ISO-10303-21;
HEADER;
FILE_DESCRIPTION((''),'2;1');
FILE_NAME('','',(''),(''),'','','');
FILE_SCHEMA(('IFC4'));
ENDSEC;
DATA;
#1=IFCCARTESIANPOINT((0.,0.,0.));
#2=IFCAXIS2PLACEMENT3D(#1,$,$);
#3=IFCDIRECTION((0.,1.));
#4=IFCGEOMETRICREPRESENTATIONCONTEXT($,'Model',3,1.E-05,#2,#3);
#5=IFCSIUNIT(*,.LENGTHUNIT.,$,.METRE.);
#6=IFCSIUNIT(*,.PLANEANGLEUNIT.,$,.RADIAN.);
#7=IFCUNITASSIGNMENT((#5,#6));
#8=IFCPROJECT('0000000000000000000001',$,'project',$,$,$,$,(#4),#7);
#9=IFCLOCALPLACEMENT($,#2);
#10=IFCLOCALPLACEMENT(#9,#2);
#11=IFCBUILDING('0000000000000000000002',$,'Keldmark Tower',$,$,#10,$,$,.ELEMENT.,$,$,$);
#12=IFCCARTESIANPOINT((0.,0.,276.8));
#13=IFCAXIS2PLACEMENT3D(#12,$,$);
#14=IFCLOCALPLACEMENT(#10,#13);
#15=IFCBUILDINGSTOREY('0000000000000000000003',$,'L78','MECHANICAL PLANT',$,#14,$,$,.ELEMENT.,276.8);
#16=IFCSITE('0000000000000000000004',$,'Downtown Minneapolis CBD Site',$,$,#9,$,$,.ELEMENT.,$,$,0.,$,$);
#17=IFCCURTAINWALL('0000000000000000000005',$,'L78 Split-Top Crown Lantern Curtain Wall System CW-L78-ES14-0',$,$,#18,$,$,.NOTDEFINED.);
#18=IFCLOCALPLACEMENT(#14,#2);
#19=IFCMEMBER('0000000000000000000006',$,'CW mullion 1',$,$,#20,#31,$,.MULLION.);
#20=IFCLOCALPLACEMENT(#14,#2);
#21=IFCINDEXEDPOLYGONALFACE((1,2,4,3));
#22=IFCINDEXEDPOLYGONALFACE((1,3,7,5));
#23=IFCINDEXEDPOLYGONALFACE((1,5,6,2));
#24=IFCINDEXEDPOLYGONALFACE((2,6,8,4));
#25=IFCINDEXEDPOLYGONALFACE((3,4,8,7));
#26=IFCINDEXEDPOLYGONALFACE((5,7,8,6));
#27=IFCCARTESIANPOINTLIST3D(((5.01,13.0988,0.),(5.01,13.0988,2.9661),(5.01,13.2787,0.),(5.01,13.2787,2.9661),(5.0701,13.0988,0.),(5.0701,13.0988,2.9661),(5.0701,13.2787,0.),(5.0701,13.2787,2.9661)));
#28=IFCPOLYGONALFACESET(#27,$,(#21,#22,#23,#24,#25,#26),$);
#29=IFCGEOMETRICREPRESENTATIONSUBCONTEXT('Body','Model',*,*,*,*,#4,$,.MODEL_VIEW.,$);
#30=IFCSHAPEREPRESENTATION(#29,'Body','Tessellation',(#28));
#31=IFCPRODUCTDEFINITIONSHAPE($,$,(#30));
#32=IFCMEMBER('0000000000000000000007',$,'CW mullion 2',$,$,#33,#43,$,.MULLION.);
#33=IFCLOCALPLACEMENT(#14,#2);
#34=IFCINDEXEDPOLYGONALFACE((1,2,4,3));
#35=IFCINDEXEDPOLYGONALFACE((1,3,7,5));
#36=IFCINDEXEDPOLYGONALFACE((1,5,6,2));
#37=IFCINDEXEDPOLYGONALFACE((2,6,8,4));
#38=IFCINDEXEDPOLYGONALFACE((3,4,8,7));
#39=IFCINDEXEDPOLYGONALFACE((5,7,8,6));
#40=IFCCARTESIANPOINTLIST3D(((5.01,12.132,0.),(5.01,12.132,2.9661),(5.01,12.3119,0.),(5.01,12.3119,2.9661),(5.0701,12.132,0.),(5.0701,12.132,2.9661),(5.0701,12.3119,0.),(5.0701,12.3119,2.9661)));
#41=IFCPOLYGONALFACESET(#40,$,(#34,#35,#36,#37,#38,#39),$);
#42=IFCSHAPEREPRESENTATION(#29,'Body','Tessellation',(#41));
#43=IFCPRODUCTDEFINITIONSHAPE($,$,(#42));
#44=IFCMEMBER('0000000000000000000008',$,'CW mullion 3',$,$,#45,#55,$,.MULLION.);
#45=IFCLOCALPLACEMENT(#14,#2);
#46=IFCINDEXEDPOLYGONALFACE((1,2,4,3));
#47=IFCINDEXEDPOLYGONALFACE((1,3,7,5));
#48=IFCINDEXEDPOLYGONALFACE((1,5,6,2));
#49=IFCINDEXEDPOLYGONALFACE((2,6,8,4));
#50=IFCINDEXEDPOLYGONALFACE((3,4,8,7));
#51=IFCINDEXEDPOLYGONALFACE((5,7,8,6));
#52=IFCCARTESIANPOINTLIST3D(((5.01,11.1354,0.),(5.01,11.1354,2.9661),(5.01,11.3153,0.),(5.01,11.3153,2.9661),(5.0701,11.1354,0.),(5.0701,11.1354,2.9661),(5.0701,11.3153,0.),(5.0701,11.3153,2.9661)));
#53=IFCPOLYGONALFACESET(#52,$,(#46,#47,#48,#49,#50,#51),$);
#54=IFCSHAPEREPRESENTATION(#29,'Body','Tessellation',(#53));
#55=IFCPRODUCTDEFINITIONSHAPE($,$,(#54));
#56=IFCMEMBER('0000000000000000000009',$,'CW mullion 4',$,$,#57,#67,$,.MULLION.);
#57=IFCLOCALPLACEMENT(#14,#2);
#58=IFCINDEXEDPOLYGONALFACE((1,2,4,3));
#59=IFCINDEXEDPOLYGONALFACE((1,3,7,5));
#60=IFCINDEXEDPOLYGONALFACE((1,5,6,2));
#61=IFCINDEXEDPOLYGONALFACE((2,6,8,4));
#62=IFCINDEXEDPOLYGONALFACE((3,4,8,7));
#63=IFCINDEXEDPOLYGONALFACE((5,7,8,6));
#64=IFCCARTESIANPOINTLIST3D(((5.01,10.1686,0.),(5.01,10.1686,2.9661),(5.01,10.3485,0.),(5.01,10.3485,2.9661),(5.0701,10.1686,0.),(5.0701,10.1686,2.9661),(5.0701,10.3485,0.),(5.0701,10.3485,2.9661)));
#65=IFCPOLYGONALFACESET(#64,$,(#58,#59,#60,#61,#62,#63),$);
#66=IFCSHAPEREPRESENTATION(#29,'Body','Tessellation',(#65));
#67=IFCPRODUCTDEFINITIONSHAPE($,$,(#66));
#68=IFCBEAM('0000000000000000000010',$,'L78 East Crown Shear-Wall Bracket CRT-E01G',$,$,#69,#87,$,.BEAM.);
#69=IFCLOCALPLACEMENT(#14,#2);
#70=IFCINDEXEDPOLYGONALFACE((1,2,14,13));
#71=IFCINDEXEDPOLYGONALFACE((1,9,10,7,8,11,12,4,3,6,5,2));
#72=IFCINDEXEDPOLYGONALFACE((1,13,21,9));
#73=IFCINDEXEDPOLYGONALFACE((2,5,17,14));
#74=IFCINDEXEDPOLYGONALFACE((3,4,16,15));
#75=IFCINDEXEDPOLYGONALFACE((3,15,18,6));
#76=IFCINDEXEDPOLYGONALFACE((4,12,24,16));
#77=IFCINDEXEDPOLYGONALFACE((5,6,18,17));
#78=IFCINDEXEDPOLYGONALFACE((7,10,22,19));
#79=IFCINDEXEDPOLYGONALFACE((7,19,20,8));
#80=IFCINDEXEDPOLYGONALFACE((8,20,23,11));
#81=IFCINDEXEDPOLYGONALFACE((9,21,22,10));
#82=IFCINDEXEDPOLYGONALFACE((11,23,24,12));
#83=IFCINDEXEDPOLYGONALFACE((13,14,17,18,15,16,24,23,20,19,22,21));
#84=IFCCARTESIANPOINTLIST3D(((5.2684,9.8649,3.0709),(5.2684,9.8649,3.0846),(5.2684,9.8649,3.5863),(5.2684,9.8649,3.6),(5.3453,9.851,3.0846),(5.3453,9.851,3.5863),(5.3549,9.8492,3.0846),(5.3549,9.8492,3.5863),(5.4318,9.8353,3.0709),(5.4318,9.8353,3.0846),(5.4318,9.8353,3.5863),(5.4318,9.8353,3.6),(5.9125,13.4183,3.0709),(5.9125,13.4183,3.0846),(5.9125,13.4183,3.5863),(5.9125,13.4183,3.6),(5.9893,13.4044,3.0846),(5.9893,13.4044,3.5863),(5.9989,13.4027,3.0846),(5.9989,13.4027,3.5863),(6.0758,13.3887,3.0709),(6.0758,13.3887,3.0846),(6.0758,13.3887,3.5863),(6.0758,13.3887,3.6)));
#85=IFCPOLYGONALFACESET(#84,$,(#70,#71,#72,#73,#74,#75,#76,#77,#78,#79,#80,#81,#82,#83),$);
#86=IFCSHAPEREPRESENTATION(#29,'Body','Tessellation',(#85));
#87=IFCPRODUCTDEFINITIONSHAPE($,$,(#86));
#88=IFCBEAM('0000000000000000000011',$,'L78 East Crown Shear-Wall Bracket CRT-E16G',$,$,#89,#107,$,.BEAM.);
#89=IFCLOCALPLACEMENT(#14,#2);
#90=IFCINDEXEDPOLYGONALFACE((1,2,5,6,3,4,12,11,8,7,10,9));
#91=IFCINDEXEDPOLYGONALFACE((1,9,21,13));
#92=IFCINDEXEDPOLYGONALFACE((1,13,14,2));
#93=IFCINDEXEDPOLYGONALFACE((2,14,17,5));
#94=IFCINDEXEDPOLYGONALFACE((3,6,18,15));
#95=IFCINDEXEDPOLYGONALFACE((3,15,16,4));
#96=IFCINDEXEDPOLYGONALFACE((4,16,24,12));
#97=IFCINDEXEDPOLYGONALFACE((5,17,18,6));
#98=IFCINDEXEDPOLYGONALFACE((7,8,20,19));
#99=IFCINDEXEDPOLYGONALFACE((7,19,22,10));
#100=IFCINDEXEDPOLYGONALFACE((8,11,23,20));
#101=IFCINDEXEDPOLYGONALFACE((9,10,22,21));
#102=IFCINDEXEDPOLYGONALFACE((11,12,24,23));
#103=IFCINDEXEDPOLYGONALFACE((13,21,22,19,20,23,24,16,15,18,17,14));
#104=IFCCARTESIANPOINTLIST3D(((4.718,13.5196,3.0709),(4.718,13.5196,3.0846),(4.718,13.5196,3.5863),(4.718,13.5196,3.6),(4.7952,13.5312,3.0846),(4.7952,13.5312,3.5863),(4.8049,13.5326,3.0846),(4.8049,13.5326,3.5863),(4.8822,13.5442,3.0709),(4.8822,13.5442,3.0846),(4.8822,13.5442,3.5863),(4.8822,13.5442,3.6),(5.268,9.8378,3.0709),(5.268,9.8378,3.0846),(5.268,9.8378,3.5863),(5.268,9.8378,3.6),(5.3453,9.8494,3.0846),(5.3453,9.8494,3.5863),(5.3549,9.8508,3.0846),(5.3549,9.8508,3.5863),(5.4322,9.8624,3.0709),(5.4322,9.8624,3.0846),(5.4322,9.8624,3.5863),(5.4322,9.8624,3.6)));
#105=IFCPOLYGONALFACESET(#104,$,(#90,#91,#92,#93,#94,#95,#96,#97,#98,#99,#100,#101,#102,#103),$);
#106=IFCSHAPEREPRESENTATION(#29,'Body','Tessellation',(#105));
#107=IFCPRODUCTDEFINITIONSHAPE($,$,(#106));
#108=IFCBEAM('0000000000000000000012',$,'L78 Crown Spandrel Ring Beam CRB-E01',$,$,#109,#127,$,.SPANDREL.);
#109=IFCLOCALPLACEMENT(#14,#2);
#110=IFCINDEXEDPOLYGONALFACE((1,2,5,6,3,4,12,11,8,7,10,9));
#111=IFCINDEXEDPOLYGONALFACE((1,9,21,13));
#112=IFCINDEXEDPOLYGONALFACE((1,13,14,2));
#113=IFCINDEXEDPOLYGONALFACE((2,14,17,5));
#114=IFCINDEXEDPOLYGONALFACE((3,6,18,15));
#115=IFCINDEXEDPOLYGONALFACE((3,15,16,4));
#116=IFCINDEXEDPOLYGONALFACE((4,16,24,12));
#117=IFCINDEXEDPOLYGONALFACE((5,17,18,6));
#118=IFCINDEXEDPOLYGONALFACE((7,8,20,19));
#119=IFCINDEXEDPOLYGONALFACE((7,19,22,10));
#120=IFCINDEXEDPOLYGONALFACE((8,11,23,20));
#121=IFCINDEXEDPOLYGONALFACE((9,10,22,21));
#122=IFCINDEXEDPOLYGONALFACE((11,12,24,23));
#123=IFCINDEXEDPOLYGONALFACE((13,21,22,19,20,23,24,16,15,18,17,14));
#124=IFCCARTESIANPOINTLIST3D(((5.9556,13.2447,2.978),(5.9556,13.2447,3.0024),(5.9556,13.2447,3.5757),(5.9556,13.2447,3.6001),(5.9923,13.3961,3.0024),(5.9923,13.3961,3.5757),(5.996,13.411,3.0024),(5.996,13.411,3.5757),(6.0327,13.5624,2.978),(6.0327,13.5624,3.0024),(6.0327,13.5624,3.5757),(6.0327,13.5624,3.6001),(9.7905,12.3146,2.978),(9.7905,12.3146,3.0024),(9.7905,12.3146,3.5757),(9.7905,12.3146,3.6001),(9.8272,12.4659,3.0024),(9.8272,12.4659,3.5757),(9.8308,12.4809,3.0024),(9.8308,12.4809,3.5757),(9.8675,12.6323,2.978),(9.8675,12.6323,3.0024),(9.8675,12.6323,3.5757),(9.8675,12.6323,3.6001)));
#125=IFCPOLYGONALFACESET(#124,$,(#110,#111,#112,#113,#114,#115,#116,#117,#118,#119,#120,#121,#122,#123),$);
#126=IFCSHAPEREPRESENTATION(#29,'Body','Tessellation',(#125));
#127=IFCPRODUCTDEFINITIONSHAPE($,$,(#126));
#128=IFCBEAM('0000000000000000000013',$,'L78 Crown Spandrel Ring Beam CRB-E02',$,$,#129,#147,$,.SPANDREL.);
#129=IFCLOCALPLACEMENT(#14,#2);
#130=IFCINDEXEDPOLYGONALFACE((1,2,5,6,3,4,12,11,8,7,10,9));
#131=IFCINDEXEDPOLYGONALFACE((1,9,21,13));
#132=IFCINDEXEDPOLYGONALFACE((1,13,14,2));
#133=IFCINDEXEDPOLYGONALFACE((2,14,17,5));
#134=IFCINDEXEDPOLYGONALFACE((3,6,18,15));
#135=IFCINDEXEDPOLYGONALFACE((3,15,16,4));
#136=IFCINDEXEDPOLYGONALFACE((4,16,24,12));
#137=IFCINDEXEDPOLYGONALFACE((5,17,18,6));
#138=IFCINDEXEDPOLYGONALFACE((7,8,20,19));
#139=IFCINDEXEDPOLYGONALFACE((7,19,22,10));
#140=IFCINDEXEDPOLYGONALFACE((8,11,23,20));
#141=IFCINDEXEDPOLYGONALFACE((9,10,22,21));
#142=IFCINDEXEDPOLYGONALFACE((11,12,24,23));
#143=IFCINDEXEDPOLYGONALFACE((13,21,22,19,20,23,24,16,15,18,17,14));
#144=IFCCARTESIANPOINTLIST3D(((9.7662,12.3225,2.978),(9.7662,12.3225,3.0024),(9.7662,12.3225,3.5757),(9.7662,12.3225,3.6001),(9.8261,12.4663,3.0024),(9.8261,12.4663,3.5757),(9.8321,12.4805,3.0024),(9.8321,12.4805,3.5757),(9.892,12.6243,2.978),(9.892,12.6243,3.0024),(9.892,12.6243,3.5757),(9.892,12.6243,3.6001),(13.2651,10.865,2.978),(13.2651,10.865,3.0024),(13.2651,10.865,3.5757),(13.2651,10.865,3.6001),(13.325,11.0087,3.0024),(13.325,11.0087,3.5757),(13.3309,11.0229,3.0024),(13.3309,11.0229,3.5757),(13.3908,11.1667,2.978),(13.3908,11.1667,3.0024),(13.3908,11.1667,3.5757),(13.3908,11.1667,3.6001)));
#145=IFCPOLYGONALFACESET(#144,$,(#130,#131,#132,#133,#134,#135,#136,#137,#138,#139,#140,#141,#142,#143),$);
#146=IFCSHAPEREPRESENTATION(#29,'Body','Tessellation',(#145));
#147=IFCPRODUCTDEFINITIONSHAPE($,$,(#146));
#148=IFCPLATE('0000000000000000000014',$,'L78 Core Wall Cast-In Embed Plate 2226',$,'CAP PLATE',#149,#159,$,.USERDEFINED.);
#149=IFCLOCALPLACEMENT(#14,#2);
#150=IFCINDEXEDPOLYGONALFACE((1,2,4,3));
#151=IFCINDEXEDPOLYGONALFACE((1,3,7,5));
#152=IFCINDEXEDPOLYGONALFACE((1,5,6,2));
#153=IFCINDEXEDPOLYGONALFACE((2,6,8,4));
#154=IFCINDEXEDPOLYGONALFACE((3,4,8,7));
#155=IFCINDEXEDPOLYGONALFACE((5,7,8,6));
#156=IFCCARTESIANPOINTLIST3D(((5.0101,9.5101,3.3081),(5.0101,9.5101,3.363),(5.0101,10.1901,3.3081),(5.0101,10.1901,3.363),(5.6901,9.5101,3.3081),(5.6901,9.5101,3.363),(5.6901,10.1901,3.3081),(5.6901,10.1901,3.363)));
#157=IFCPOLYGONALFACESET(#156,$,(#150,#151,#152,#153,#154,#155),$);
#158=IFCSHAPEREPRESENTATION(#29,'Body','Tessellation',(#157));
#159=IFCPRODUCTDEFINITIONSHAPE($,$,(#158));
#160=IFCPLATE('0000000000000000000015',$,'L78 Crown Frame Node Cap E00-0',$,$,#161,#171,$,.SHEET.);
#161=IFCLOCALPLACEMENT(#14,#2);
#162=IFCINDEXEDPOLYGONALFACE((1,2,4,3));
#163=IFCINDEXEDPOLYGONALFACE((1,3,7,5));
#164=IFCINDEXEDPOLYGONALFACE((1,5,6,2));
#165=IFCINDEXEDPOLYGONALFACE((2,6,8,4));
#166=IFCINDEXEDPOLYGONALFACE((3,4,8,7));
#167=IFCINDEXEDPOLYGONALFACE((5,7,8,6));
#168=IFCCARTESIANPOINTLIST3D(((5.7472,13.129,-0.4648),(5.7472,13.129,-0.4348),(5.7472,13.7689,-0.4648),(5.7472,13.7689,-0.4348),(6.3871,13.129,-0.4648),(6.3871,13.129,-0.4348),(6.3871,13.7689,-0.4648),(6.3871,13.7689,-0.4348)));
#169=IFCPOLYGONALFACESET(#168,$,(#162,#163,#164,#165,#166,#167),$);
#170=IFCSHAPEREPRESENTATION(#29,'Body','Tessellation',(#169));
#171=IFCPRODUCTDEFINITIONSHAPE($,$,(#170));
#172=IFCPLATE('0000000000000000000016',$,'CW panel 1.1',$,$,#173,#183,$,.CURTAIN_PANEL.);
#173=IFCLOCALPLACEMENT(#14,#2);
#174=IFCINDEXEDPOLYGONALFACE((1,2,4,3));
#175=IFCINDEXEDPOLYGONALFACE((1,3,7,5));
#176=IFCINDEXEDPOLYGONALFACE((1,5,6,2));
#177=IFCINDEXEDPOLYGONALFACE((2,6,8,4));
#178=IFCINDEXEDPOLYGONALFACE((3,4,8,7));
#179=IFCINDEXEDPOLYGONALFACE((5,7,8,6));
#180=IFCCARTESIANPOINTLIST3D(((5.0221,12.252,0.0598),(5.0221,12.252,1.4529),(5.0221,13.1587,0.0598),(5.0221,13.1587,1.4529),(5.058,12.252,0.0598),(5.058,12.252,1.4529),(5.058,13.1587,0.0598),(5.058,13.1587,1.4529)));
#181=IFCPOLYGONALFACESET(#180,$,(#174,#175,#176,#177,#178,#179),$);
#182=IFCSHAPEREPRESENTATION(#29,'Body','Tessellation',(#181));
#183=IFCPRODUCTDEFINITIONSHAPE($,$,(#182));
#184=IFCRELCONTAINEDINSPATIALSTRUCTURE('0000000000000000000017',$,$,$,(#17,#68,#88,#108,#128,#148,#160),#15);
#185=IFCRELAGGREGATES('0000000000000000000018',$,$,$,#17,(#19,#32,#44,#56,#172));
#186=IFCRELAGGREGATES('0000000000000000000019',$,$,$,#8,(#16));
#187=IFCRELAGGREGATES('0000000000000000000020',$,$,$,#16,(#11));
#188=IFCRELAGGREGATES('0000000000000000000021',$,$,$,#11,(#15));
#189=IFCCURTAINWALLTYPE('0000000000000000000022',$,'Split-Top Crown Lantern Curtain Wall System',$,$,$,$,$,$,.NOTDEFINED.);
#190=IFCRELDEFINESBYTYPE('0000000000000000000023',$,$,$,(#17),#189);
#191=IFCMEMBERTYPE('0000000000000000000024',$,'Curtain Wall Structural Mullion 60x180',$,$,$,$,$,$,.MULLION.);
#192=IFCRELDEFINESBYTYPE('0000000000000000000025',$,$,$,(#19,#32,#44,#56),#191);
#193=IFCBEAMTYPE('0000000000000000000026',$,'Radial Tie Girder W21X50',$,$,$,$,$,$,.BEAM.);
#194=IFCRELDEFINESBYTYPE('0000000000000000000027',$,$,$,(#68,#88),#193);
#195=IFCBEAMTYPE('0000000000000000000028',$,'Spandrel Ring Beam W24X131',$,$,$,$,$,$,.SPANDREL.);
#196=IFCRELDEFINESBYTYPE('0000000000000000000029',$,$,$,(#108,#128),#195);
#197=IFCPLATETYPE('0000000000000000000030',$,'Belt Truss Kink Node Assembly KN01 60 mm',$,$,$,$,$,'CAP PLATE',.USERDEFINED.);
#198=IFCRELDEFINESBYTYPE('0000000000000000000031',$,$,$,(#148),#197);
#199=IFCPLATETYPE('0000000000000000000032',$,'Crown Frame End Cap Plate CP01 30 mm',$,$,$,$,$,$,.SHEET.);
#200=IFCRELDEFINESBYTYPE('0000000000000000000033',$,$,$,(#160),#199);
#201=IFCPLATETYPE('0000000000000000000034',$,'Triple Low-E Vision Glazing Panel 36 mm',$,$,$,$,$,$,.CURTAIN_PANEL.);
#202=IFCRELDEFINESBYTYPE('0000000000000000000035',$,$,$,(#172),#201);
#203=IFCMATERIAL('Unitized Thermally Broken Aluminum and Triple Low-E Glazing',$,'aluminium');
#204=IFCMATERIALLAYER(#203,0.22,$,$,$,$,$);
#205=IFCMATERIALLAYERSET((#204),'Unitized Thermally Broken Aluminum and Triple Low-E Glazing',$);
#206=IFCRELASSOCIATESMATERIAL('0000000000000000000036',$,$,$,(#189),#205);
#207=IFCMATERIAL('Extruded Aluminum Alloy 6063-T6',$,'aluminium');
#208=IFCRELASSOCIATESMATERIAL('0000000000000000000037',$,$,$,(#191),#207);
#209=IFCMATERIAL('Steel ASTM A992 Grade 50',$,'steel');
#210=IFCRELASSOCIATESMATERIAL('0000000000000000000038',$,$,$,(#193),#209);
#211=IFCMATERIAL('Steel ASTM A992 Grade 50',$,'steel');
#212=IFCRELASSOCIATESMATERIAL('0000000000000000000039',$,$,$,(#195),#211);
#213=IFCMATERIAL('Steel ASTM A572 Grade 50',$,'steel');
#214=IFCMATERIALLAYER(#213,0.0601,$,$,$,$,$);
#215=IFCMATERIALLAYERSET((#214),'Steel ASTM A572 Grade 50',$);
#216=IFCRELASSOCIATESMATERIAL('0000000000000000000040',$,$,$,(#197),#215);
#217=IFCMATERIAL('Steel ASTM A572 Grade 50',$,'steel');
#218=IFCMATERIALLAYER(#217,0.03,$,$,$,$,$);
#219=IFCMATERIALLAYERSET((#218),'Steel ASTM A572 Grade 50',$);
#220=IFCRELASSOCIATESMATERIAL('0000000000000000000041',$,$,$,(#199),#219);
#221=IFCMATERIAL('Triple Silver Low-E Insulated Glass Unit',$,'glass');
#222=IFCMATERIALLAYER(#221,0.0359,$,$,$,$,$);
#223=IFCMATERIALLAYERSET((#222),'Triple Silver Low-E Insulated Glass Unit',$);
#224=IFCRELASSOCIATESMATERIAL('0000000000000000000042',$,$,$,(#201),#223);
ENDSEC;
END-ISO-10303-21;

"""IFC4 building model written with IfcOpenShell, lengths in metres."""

from ifc_helpers import new_model, si_unit, direction, frame, origin, origin_2d, place, context, subcontext, project, spatial, rectangle, i_section, extrude, material, layer, layer_set, material_profile, profile_set, type_object, element, aggregate, save


model = new_model("IFC4")

# Units and contexts
model_context = context("Model", 3, precision=1e-05, world=origin(), true_north=direction((0.0, 1.0)))
body_context = subcontext(model_context, "Body", "Model", "MODEL_VIEW")
ifc_project = project(units=[si_unit("LENGTHUNIT", "METRE"), si_unit("PLANEANGLEUNIT", "RADIAN")], contexts=[model_context])

# Site, building, storey
site_placement = place(None, origin())
site = spatial("IfcSite", under=ifc_project, at=site_placement, Name="Downtown Minneapolis CBD Site", CompositionType="ELEMENT", RefElevation=0.0)
building_placement = place(site_placement, origin())
building = spatial("IfcBuilding", under=site, at=building_placement, Name="Keldmark Tower", CompositionType="ELEMENT")
storey_placement = place(building_placement, frame((0.0, 0.0, 276.8)))
storey = spatial("IfcBuildingStorey", under=building, at=storey_placement, Name="L78", Description="MECHANICAL PLANT", CompositionType="ELEMENT", Elevation=276.8)

# Curtain wall, members
ifc_material_1 = material(Name="Unitized Thermally Broken Aluminum and Triple Low-E Glazing", Category="aluminium")
ifc_layer_1 = layer(ifc_material_1, 0.22)
ifc_layer_set_1 = layer_set([ifc_layer_1], Name="Unitized Thermally Broken Aluminum and Triple Low-E Glazing")
curtain_wall_type = type_object("IfcCurtainWallType", Name="Split-Top Crown Lantern Curtain Wall System", PredefinedType="NOTDEFINED", material=ifc_layer_set_1)
curtain_wall_placement = place(storey_placement, origin())
curtain_wall = element("IfcCurtainWall", 1, at=curtain_wall_placement, inside=storey, type_object=curtain_wall_type, Name="L78 Split-Top Crown Lantern Curtain Wall System CW-L78-ES14-0", PredefinedType="NOTDEFINED")
ifc_material_2 = material(Name="Extruded Aluminum Alloy 6063-T6", Category="aluminium")
ifc_material_profile_1 = material_profile(ifc_material_2, rectangle(XDim=0.0601, YDim=0.1799, at=origin_2d()), Name="CWM60X180")
ifc_profile_set_1 = profile_set([ifc_material_profile_1], Name="Extruded Aluminum Alloy 6063-T6")
member_type_1 = type_object("IfcMemberType", Name="Curtain Wall Structural Mullion 60x180", PredefinedType="MULLION", material=ifc_profile_set_1)
member_1_placement = place(storey_placement, frame((5.04, 13.1887, 0.0), z_axis=(0.0, 0.0, 1.0), x_axis=(1.0, 0.0, 0.0)))
member_1 = element("IfcMember", 2, at=member_1_placement, type_object=member_type_1, Name="CW mullion 1", PredefinedType="MULLION", context=body_context, shape_type="SweptSolid", body=[
    extrude(rectangle(XDim=0.0601, YDim=0.1799, at=origin_2d()), origin(), (0.0, 0.0, 1.0), 2.9661),
])
member_2_placement = place(storey_placement, frame((5.04, 12.2219, 0.0), z_axis=(0.0, 0.0, 1.0), x_axis=(1.0, 0.0, 0.0)))
member_2 = element("IfcMember", 3, at=member_2_placement, type_object=member_type_1, Name="CW mullion 2", PredefinedType="MULLION", context=body_context, shape_type="SweptSolid", body=[
    extrude(rectangle(XDim=0.0601, YDim=0.1799, at=origin_2d()), origin(), (0.0, 0.0, 1.0), 2.9661),
])
member_3_placement = place(storey_placement, frame((5.04, 11.2253, 0.0), z_axis=(0.0, 0.0, 1.0), x_axis=(1.0, 0.0, 0.0)))
member_3 = element("IfcMember", 4, at=member_3_placement, type_object=member_type_1, Name="CW mullion 3", PredefinedType="MULLION", context=body_context, shape_type="SweptSolid", body=[
    extrude(rectangle(XDim=0.0601, YDim=0.1799, at=origin_2d()), origin(), (0.0, 0.0, 1.0), 2.9661),
])
member_4_placement = place(storey_placement, frame((5.04, 10.2585, 0.0), z_axis=(0.0, 0.0, 1.0), x_axis=(1.0, 0.0, 0.0)))
member_4 = element("IfcMember", 5, at=member_4_placement, type_object=member_type_1, Name="CW mullion 4", PredefinedType="MULLION", context=body_context, shape_type="SweptSolid", body=[
    extrude(rectangle(XDim=0.0601, YDim=0.1799, at=origin_2d()), origin(), (0.0, 0.0, 1.0), 2.9661),
])

# Beams
ifc_material_3 = material(Name="Steel ASTM A992 Grade 50", Category="steel")
ifc_material_profile_2 = material_profile(ifc_material_3, i_section(OverallWidth=0.166, OverallDepth=0.5291, WebThickness=0.0098, FlangeThickness=0.0137, at=origin_2d()), Name="W21X50")
ifc_profile_set_2 = profile_set([ifc_material_profile_2], Name="Steel ASTM A992 Grade 50")
beam_type_1 = type_object("IfcBeamType", Name="Radial Tie Girder W21X50", PredefinedType="BEAM", material=ifc_profile_set_2)
beam_1_placement = place(storey_placement, frame((5.3501, 9.8501, 3.3354), z_axis=(0.178338, 0.983969, 0.0), x_axis=(-0.983969, 0.178338, 0.0)))
element("IfcBeam", 6, at=beam_1_placement, inside=storey, type_object=beam_type_1, Name="L78 East Crown Shear-Wall Bracket CRT-E01G", PredefinedType="BEAM", context=body_context, shape_type="SweptSolid", body=[
    extrude(i_section(OverallWidth=0.166, OverallDepth=0.5291, WebThickness=0.0098, FlangeThickness=0.0137, at=origin_2d()), origin(), (0.0, 0.0, 1.0), 3.6113),
])
beam_2_placement = place(storey_placement, frame((5.3501, 9.8501, 3.3354), z_axis=(-0.147754, 0.989024, 0.0), x_axis=(-0.989024, -0.147754, 0.0)))
element("IfcBeam", 7, at=beam_2_placement, inside=storey, type_object=beam_type_1, Name="L78 East Crown Shear-Wall Bracket CRT-E16G", PredefinedType="BEAM", context=body_context, shape_type="SweptSolid", body=[
    extrude(i_section(OverallWidth=0.166, OverallDepth=0.5291, WebThickness=0.0098, FlangeThickness=0.0137, at=origin_2d()), origin(), (0.0, 0.0, 1.0), 3.7227),
])
ifc_material_4 = material(Name="Steel ASTM A992 Grade 50", Category="steel")
ifc_material_profile_3 = material_profile(ifc_material_4, i_section(OverallWidth=0.3269, OverallDepth=0.6221, WebThickness=0.0154, FlangeThickness=0.0244, at=origin_2d()), Name="W24X131")
ifc_profile_set_3 = profile_set([ifc_material_profile_3], Name="Steel ASTM A992 Grade 50")
beam_type_2 = type_object("IfcBeamType", Name="Spandrel Ring Beam W24X131", PredefinedType="SPANDREL", material=ifc_profile_set_3)
beam_3_placement = place(storey_placement, frame((5.9941, 13.4036, 3.2891), z_axis=(0.971822, -0.235717, 0.0), x_axis=(0.235717, 0.971822, 0.0)))
element("IfcBeam", 8, at=beam_3_placement, inside=storey, type_object=beam_type_2, Name="L78 Crown Spandrel Ring Beam CRB-E01", PredefinedType="SPANDREL", context=body_context, shape_type="SweptSolid", body=[
    extrude(i_section(OverallWidth=0.3269, OverallDepth=0.6221, WebThickness=0.0154, FlangeThickness=0.0244, at=origin_2d()), origin(), (0.0, 0.0, 1.0), 3.946),
])
beam_4_placement = place(storey_placement, frame((9.8291, 12.4734, 3.2891), z_axis=(0.923106, -0.384547, 0.0), x_axis=(0.384547, 0.923106, 0.0)))
element("IfcBeam", 9, at=beam_4_placement, inside=storey, type_object=beam_type_2, Name="L78 Crown Spandrel Ring Beam CRB-E02", PredefinedType="SPANDREL", context=body_context, shape_type="SweptSolid", body=[
    extrude(i_section(OverallWidth=0.3269, OverallDepth=0.6221, WebThickness=0.0154, FlangeThickness=0.0244, at=origin_2d()), origin(), (0.0, 0.0, 1.0), 3.7903),
])

# Plates
ifc_material_5 = material(Name="Steel ASTM A572 Grade 50", Category="steel")
ifc_layer_2 = layer(ifc_material_5, 0.0601)
ifc_layer_set_2 = layer_set([ifc_layer_2], Name="Steel ASTM A572 Grade 50")
plate_type_1 = type_object("IfcPlateType", Name="Belt Truss Kink Node Assembly KN01 60 mm", ElementType="CAP PLATE", PredefinedType="USERDEFINED", material=ifc_layer_set_2)
plate_1_placement = place(storey_placement, frame((5.3501, 9.8501, 3.3081), z_axis=(0.0, 0.0, 1.0), x_axis=(1.0, 0.0, 0.0)))
element("IfcPlate", 10, at=plate_1_placement, inside=storey, type_object=plate_type_1, Name="L78 Core Wall Cast-In Embed Plate 2226", ObjectType="CAP PLATE", PredefinedType="USERDEFINED", context=body_context, shape_type="SweptSolid", body=[
    extrude(rectangle(XDim=0.6799, YDim=0.6799, at=origin_2d()), origin(), (0.0, 0.0, 1.0), 0.0549),
])
ifc_material_6 = material(Name="Steel ASTM A572 Grade 50", Category="steel")
ifc_layer_3 = layer(ifc_material_6, 0.03)
ifc_layer_set_3 = layer_set([ifc_layer_3], Name="Steel ASTM A572 Grade 50")
plate_type_2 = type_object("IfcPlateType", Name="Crown Frame End Cap Plate CP01 30 mm", PredefinedType="SHEET", material=ifc_layer_set_3)
plate_2_placement = place(storey_placement, frame((6.0671, 13.449, -0.4648), z_axis=(0.0, 0.0, 1.0), x_axis=(1.0, 0.0, 0.0)))
element("IfcPlate", 11, at=plate_2_placement, inside=storey, type_object=plate_type_2, Name="L78 Crown Frame Node Cap E00-0", PredefinedType="SHEET", context=body_context, shape_type="SweptSolid", body=[
    extrude(rectangle(XDim=0.6399, YDim=0.6399, at=origin_2d()), origin(), (0.0, 0.0, 1.0), 0.03),
])

# Plate
ifc_material_7 = material(Name="Triple Silver Low-E Insulated Glass Unit", Category="glass")
ifc_layer_4 = layer(ifc_material_7, 0.0359)
ifc_layer_set_4 = layer_set([ifc_layer_4], Name="Triple Silver Low-E Insulated Glass Unit")
plate_type_3 = type_object("IfcPlateType", Name="Triple Low-E Vision Glazing Panel 36 mm", PredefinedType="CURTAIN_PANEL", material=ifc_layer_set_4)
plate_3_placement = place(storey_placement, frame((5.04, 12.7053, 0.0598), z_axis=(0.0, 0.0, 1.0), x_axis=(0.0, -1.0, 0.0)))
plate_3 = element("IfcPlate", 12, at=plate_3_placement, type_object=plate_type_3, Name="CW panel 1.1", PredefinedType="CURTAIN_PANEL", context=body_context, shape_type="SweptSolid", body=[
    extrude(rectangle(XDim=0.9067, YDim=0.0359, at=origin_2d()), origin(), (0.0, 0.0, 1.0), 1.3931),
])
aggregate(curtain_wall, [member_1, member_2, member_3, member_4, plate_3])

save(model, "model.ifc")
